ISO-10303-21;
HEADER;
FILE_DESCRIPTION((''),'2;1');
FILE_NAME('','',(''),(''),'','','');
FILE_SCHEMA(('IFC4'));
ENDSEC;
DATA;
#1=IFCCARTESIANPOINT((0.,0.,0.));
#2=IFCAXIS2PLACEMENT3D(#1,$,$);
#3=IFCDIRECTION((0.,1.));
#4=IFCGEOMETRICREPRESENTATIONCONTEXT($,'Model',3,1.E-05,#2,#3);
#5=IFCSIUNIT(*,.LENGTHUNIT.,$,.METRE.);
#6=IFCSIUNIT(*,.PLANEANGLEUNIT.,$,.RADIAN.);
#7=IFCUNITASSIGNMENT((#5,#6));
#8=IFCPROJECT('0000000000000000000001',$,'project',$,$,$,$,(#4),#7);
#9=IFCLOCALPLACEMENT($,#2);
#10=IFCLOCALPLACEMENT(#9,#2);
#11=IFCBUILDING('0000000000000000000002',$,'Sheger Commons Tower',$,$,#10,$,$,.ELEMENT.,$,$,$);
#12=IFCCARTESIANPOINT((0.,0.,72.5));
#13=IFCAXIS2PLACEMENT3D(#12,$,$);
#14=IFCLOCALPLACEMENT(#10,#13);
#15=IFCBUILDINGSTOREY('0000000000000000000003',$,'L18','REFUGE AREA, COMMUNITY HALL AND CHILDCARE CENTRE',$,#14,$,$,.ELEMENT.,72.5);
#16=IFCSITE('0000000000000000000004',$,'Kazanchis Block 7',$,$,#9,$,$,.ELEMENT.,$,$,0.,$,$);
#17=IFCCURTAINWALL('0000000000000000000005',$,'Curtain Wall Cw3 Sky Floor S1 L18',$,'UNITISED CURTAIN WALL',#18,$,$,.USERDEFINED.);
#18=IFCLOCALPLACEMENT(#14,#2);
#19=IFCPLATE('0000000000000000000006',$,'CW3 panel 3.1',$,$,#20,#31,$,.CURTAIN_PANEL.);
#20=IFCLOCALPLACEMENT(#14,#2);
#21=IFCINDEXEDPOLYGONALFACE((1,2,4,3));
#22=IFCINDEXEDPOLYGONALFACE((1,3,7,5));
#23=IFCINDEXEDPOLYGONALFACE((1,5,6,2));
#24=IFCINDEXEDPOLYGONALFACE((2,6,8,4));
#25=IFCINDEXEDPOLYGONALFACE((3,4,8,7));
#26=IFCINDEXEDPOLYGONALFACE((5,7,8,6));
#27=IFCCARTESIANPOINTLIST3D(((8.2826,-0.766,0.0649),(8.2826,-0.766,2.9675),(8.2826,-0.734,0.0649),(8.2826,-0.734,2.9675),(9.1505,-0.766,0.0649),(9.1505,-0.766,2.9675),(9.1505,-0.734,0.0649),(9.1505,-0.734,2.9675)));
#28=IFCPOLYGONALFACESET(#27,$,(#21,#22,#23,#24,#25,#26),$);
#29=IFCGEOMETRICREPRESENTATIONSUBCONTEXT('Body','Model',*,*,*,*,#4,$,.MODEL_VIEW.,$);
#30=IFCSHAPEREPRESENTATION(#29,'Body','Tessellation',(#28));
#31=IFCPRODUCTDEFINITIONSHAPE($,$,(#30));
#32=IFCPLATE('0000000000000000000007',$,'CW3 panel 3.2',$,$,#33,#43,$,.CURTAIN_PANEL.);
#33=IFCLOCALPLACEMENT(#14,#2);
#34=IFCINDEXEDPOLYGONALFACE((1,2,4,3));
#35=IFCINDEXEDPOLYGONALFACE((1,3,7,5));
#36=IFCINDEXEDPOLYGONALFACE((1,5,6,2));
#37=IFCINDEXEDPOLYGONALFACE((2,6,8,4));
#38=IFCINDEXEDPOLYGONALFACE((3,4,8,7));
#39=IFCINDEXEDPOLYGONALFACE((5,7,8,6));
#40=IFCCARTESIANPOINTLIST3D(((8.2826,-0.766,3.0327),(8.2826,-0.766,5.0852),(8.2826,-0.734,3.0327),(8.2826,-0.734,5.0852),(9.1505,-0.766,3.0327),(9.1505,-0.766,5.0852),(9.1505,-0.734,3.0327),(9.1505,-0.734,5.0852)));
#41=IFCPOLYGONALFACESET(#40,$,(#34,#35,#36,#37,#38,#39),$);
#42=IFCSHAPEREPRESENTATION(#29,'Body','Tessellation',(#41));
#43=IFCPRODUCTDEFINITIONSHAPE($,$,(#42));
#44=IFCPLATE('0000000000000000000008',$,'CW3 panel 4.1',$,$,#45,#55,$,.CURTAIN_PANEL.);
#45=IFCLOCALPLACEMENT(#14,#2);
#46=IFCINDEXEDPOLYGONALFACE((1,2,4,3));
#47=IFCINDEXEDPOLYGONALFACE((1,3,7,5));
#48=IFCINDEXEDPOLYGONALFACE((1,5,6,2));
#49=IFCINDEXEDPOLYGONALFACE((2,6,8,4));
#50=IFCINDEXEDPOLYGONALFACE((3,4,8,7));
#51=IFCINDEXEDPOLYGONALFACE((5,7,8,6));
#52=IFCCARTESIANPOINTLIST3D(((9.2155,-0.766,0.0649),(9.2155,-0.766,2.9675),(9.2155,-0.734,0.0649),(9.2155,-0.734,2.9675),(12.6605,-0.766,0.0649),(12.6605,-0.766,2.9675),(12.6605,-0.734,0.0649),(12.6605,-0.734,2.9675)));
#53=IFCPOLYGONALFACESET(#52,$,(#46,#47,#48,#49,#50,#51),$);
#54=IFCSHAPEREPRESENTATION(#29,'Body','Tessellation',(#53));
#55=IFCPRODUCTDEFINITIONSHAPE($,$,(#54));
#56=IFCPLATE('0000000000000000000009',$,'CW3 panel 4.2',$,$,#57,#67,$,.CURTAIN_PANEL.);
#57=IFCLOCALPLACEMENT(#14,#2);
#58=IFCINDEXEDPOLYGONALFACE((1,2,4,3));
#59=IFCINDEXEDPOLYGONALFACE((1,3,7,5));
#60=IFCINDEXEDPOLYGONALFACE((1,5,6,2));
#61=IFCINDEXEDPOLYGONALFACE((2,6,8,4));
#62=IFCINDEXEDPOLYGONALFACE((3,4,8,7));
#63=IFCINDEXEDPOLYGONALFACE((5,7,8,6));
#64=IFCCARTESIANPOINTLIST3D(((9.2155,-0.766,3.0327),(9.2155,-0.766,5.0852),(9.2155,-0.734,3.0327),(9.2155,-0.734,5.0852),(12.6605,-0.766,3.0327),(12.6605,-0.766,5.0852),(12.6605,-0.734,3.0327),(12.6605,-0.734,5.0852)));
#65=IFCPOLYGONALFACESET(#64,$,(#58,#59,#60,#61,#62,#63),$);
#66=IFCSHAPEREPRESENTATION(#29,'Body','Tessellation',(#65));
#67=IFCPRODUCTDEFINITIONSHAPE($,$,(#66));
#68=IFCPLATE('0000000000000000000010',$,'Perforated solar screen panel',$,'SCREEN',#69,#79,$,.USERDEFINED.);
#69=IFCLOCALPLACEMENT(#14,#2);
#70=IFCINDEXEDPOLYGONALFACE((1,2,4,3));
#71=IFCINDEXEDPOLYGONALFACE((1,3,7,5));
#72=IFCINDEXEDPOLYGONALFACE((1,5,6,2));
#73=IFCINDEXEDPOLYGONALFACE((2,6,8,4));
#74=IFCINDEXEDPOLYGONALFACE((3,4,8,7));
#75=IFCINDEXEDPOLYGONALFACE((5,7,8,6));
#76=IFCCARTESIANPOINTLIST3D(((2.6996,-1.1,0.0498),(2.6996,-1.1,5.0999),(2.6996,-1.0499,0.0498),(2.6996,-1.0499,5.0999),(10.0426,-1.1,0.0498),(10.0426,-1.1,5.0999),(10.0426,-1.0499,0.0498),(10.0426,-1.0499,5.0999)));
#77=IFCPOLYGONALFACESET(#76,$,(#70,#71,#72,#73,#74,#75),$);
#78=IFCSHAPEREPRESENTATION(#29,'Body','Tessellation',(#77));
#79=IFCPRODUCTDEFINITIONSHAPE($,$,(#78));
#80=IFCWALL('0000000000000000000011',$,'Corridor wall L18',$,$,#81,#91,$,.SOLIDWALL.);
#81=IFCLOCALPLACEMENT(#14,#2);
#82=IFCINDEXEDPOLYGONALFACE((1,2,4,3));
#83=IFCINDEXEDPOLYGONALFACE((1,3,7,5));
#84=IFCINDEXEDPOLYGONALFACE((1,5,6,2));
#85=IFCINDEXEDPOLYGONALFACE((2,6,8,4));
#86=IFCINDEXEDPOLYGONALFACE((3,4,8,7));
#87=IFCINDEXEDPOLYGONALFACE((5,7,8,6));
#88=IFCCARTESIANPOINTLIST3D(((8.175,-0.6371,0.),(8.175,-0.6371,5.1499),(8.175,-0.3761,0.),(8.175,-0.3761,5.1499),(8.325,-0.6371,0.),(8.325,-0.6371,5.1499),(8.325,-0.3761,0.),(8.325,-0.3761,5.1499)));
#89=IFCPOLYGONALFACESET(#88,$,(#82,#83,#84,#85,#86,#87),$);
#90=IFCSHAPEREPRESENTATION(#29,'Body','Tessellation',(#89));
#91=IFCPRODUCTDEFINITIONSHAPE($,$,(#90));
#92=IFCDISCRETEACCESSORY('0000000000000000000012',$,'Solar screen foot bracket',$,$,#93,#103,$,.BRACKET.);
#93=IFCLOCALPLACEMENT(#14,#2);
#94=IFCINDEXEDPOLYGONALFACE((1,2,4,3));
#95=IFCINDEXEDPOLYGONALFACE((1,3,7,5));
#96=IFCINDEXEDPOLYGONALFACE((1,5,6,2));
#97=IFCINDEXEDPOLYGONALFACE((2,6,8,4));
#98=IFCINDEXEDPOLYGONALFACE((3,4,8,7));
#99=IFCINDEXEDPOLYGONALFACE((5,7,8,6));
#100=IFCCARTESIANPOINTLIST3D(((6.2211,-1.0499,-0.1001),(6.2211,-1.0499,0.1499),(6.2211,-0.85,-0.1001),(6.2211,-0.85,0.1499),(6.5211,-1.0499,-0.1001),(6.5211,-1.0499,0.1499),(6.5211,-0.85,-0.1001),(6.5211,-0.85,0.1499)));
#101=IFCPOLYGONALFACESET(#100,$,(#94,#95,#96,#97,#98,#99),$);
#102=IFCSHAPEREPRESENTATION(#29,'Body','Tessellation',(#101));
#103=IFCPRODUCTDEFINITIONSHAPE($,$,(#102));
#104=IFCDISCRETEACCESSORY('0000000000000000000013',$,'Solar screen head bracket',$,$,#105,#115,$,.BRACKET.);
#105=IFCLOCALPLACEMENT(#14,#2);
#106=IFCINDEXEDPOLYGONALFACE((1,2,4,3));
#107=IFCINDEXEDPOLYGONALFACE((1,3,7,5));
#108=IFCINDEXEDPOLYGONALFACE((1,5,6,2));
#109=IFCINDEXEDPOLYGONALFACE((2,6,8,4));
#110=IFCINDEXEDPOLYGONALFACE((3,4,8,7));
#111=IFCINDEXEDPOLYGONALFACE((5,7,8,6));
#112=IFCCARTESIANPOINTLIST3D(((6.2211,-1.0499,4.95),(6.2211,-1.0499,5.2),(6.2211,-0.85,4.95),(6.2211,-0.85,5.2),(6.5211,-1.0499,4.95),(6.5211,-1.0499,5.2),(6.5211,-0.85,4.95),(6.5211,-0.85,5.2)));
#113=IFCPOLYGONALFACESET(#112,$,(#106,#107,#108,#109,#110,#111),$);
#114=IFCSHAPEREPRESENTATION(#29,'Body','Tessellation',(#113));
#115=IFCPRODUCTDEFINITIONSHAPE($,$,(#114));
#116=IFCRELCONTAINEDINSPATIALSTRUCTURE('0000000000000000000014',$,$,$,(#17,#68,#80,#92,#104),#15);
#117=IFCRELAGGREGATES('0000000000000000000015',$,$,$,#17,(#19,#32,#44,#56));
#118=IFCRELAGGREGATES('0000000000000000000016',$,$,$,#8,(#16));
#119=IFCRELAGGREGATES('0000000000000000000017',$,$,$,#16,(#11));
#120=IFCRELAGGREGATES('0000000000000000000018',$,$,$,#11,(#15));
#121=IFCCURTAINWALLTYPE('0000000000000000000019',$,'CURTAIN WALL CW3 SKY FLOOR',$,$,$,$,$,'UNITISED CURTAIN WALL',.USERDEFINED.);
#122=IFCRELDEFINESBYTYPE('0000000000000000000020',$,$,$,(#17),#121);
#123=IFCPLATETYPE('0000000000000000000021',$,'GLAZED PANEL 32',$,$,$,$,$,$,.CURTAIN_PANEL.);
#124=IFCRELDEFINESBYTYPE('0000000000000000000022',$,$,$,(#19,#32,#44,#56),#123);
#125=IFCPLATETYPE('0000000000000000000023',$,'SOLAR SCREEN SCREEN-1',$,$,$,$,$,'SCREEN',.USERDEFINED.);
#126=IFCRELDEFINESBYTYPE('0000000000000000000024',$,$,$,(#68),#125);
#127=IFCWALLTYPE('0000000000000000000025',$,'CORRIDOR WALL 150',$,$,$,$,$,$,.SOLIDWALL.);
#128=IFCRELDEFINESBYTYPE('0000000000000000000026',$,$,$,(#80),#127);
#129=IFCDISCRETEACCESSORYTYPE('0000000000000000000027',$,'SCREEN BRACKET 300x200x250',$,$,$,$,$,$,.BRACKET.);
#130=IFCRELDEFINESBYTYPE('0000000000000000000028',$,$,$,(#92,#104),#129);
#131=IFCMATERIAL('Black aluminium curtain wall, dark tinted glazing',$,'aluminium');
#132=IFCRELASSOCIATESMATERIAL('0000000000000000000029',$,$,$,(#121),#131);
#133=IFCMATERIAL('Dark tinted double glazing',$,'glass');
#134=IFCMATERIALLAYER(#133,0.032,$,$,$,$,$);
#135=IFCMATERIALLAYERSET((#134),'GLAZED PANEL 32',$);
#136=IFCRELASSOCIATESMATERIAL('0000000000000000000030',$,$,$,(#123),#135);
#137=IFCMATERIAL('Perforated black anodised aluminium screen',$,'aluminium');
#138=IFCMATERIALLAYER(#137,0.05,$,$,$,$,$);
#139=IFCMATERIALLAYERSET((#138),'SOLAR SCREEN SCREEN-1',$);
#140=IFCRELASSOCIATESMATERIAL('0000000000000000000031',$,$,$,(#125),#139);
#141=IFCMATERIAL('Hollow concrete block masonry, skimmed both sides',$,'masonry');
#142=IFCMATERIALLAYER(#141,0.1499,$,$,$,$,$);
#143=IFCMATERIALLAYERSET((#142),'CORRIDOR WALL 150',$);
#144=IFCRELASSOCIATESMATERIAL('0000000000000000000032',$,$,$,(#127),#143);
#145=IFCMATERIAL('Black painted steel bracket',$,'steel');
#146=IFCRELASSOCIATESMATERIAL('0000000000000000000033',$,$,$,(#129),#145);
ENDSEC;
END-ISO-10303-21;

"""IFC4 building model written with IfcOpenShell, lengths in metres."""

from ifc_helpers import new_model, si_unit, direction, frame, frame_2d, origin, origin_2d, place, context, subcontext, project, spatial, rectangle, extrude, material, layer, layer_set, type_object, element, aggregate, save


model = new_model("IFC4")

# Units and contexts
model_context = context("Model", 3, precision=1e-05, world=origin(), true_north=direction((0.0, 1.0)))
body_context = subcontext(model_context, "Body", "Model", "MODEL_VIEW")
ifc_project = project(units=[si_unit("LENGTHUNIT", "METRE"), si_unit("PLANEANGLEUNIT", "RADIAN")], contexts=[model_context])

# Site, building, storey
site_placement = place(None, origin())
site = spatial("IfcSite", under=ifc_project, at=site_placement, Name="Kazanchis Block 7", CompositionType="ELEMENT", RefElevation=0.0)
building_placement = place(site_placement, origin())
building = spatial("IfcBuilding", under=site, at=building_placement, Name="Sheger Commons Tower", CompositionType="ELEMENT")
storey_placement = place(building_placement, frame((0.0, 0.0, 72.5)))
storey = spatial("IfcBuildingStorey", under=building, at=storey_placement, Name="L18", Description="REFUGE AREA, COMMUNITY HALL AND CHILDCARE CENTRE", CompositionType="ELEMENT", Elevation=72.5)

# Curtain wall
ifc_material_1 = material(Name="Black aluminium curtain wall, dark tinted glazing", Category="aluminium")
curtain_wall_type = type_object("IfcCurtainWallType", Name="CURTAIN WALL CW3 SKY FLOOR", ElementType="UNITISED CURTAIN WALL", PredefinedType="USERDEFINED", material=ifc_material_1)
curtain_wall_placement = place(storey_placement, origin())
curtain_wall = element("IfcCurtainWall", 1, at=curtain_wall_placement, inside=storey, type_object=curtain_wall_type, Name="Curtain Wall Cw3 Sky Floor S1 L18", ObjectType="UNITISED CURTAIN WALL", PredefinedType="USERDEFINED")

# Plates
ifc_material_2 = material(Name="Dark tinted double glazing", Category="glass")
ifc_layer_1 = layer(ifc_material_2, 0.032)
ifc_layer_set_1 = layer_set([ifc_layer_1], Name="GLAZED PANEL 32")
plate_type_1 = type_object("IfcPlateType", Name="GLAZED PANEL 32", PredefinedType="CURTAIN_PANEL", material=ifc_layer_set_1)
plate_1_placement = place(storey_placement, frame((8.7166, -0.75, 0.0649), z_axis=(0.0, 0.0, 1.0), x_axis=(1.0, 0.0, 0.0)))
plate_1 = element("IfcPlate", 2, at=plate_1_placement, type_object=plate_type_1, Name="CW3 panel 3.1", PredefinedType="CURTAIN_PANEL", context=body_context, shape_type="SweptSolid", body=[
    extrude(rectangle(XDim=0.8679, YDim=0.032, at=origin_2d()), origin(), (0.0, 0.0, 1.0), 2.9026),
])
plate_2_placement = place(storey_placement, frame((8.7166, -0.75, 3.0327), z_axis=(0.0, 0.0, 1.0), x_axis=(1.0, 0.0, 0.0)))
plate_2 = element("IfcPlate", 3, at=plate_2_placement, type_object=plate_type_1, Name="CW3 panel 3.2", PredefinedType="CURTAIN_PANEL", context=body_context, shape_type="SweptSolid", body=[
    extrude(rectangle(XDim=0.8679, YDim=0.032, at=origin_2d()), origin(), (0.0, 0.0, 1.0), 2.0525),
])
plate_3_placement = place(storey_placement, frame((10.938, -0.75, 0.0649), z_axis=(0.0, 0.0, 1.0), x_axis=(1.0, 0.0, 0.0)))
plate_3 = element("IfcPlate", 4, at=plate_3_placement, type_object=plate_type_1, Name="CW3 panel 4.1", PredefinedType="CURTAIN_PANEL", context=body_context, shape_type="SweptSolid", body=[
    extrude(rectangle(XDim=3.4451, YDim=0.032, at=origin_2d()), origin(), (0.0, 0.0, 1.0), 2.9026),
])
plate_4_placement = place(storey_placement, frame((10.938, -0.75, 3.0327), z_axis=(0.0, 0.0, 1.0), x_axis=(1.0, 0.0, 0.0)))
plate_4 = element("IfcPlate", 5, at=plate_4_placement, type_object=plate_type_1, Name="CW3 panel 4.2", PredefinedType="CURTAIN_PANEL", context=body_context, shape_type="SweptSolid", body=[
    extrude(rectangle(XDim=3.4451, YDim=0.032, at=origin_2d()), origin(), (0.0, 0.0, 1.0), 2.0525),
])
aggregate(curtain_wall, [plate_1, plate_2, plate_3, plate_4])
ifc_material_3 = material(Name="Perforated black anodised aluminium screen", Category="aluminium")
ifc_layer_2 = layer(ifc_material_3, 0.05)
ifc_layer_set_2 = layer_set([ifc_layer_2], Name="SOLAR SCREEN SCREEN-1")
plate_type_2 = type_object("IfcPlateType", Name="SOLAR SCREEN SCREEN-1", ElementType="SCREEN", PredefinedType="USERDEFINED", material=ifc_layer_set_2)
plate_5_placement = place(storey_placement, frame((6.3711, -1.075, 0.0498), z_axis=(0.0, 0.0, 1.0), x_axis=(1.0, 0.0, 0.0)))
element("IfcPlate", 6, at=plate_5_placement, inside=storey, type_object=plate_type_2, Name="Perforated solar screen panel", ObjectType="SCREEN", PredefinedType="USERDEFINED", context=body_context, shape_type="SweptSolid", body=[
    extrude(rectangle(XDim=7.343, YDim=0.05, at=origin_2d()), origin(), (0.0, 0.0, 1.0), 5.05),
])

# Wall
ifc_material_4 = material(Name="Hollow concrete block masonry, skimmed both sides", Category="masonry")
ifc_layer_3 = layer(ifc_material_4, 0.1499)
ifc_layer_set_3 = layer_set([ifc_layer_3], Name="CORRIDOR WALL 150")
wall_type = type_object("IfcWallType", Name="CORRIDOR WALL 150", PredefinedType="SOLIDWALL", material=ifc_layer_set_3)
wall_placement = place(storey_placement, frame((8.25, -0.637, 0.0), z_axis=(0.0, 0.0, 1.0), x_axis=(0.0, 1.0, 0.0)))
element("IfcWall", 7, at=wall_placement, inside=storey, type_object=wall_type, Name="Corridor wall L18", PredefinedType="SOLIDWALL", context=body_context, shape_type="SweptSolid", body=[
    extrude(rectangle(XDim=0.261, YDim=0.1499, at=frame_2d((0.1304, 0.0))), origin(), (0.0, 0.0, 1.0), 5.1499),
])

# Discrete accessories
ifc_material_5 = material(Name="Black painted steel bracket", Category="steel")
discrete_accessory_type = type_object("IfcDiscreteAccessoryType", Name="SCREEN BRACKET 300x200x250", PredefinedType="BRACKET", material=ifc_material_5)
for number, where, z_axis, x_axis, name in (
    (8, (6.3711, -0.95, -0.1001), (0.0, 0.0, 1.0), (1.0, 0.0, 0.0), "Solar screen foot bracket"),
    (9, (6.3711, -0.95, 4.95), (0.0, 0.0, 1.0), (1.0, 0.0, 0.0), "Solar screen head bracket"),
):
    element("IfcDiscreteAccessory", number, at=place(storey_placement, frame(where, z_axis=z_axis, x_axis=x_axis)), inside=storey, type_object=discrete_accessory_type, Name=name, PredefinedType="BRACKET", context=body_context, shape_type="SweptSolid", body=[
        extrude(rectangle(XDim=0.3, YDim=0.2, at=origin_2d()), origin(), (0.0, 0.0, 1.0), 0.25),
    ])

save(model, "model.ifc")
